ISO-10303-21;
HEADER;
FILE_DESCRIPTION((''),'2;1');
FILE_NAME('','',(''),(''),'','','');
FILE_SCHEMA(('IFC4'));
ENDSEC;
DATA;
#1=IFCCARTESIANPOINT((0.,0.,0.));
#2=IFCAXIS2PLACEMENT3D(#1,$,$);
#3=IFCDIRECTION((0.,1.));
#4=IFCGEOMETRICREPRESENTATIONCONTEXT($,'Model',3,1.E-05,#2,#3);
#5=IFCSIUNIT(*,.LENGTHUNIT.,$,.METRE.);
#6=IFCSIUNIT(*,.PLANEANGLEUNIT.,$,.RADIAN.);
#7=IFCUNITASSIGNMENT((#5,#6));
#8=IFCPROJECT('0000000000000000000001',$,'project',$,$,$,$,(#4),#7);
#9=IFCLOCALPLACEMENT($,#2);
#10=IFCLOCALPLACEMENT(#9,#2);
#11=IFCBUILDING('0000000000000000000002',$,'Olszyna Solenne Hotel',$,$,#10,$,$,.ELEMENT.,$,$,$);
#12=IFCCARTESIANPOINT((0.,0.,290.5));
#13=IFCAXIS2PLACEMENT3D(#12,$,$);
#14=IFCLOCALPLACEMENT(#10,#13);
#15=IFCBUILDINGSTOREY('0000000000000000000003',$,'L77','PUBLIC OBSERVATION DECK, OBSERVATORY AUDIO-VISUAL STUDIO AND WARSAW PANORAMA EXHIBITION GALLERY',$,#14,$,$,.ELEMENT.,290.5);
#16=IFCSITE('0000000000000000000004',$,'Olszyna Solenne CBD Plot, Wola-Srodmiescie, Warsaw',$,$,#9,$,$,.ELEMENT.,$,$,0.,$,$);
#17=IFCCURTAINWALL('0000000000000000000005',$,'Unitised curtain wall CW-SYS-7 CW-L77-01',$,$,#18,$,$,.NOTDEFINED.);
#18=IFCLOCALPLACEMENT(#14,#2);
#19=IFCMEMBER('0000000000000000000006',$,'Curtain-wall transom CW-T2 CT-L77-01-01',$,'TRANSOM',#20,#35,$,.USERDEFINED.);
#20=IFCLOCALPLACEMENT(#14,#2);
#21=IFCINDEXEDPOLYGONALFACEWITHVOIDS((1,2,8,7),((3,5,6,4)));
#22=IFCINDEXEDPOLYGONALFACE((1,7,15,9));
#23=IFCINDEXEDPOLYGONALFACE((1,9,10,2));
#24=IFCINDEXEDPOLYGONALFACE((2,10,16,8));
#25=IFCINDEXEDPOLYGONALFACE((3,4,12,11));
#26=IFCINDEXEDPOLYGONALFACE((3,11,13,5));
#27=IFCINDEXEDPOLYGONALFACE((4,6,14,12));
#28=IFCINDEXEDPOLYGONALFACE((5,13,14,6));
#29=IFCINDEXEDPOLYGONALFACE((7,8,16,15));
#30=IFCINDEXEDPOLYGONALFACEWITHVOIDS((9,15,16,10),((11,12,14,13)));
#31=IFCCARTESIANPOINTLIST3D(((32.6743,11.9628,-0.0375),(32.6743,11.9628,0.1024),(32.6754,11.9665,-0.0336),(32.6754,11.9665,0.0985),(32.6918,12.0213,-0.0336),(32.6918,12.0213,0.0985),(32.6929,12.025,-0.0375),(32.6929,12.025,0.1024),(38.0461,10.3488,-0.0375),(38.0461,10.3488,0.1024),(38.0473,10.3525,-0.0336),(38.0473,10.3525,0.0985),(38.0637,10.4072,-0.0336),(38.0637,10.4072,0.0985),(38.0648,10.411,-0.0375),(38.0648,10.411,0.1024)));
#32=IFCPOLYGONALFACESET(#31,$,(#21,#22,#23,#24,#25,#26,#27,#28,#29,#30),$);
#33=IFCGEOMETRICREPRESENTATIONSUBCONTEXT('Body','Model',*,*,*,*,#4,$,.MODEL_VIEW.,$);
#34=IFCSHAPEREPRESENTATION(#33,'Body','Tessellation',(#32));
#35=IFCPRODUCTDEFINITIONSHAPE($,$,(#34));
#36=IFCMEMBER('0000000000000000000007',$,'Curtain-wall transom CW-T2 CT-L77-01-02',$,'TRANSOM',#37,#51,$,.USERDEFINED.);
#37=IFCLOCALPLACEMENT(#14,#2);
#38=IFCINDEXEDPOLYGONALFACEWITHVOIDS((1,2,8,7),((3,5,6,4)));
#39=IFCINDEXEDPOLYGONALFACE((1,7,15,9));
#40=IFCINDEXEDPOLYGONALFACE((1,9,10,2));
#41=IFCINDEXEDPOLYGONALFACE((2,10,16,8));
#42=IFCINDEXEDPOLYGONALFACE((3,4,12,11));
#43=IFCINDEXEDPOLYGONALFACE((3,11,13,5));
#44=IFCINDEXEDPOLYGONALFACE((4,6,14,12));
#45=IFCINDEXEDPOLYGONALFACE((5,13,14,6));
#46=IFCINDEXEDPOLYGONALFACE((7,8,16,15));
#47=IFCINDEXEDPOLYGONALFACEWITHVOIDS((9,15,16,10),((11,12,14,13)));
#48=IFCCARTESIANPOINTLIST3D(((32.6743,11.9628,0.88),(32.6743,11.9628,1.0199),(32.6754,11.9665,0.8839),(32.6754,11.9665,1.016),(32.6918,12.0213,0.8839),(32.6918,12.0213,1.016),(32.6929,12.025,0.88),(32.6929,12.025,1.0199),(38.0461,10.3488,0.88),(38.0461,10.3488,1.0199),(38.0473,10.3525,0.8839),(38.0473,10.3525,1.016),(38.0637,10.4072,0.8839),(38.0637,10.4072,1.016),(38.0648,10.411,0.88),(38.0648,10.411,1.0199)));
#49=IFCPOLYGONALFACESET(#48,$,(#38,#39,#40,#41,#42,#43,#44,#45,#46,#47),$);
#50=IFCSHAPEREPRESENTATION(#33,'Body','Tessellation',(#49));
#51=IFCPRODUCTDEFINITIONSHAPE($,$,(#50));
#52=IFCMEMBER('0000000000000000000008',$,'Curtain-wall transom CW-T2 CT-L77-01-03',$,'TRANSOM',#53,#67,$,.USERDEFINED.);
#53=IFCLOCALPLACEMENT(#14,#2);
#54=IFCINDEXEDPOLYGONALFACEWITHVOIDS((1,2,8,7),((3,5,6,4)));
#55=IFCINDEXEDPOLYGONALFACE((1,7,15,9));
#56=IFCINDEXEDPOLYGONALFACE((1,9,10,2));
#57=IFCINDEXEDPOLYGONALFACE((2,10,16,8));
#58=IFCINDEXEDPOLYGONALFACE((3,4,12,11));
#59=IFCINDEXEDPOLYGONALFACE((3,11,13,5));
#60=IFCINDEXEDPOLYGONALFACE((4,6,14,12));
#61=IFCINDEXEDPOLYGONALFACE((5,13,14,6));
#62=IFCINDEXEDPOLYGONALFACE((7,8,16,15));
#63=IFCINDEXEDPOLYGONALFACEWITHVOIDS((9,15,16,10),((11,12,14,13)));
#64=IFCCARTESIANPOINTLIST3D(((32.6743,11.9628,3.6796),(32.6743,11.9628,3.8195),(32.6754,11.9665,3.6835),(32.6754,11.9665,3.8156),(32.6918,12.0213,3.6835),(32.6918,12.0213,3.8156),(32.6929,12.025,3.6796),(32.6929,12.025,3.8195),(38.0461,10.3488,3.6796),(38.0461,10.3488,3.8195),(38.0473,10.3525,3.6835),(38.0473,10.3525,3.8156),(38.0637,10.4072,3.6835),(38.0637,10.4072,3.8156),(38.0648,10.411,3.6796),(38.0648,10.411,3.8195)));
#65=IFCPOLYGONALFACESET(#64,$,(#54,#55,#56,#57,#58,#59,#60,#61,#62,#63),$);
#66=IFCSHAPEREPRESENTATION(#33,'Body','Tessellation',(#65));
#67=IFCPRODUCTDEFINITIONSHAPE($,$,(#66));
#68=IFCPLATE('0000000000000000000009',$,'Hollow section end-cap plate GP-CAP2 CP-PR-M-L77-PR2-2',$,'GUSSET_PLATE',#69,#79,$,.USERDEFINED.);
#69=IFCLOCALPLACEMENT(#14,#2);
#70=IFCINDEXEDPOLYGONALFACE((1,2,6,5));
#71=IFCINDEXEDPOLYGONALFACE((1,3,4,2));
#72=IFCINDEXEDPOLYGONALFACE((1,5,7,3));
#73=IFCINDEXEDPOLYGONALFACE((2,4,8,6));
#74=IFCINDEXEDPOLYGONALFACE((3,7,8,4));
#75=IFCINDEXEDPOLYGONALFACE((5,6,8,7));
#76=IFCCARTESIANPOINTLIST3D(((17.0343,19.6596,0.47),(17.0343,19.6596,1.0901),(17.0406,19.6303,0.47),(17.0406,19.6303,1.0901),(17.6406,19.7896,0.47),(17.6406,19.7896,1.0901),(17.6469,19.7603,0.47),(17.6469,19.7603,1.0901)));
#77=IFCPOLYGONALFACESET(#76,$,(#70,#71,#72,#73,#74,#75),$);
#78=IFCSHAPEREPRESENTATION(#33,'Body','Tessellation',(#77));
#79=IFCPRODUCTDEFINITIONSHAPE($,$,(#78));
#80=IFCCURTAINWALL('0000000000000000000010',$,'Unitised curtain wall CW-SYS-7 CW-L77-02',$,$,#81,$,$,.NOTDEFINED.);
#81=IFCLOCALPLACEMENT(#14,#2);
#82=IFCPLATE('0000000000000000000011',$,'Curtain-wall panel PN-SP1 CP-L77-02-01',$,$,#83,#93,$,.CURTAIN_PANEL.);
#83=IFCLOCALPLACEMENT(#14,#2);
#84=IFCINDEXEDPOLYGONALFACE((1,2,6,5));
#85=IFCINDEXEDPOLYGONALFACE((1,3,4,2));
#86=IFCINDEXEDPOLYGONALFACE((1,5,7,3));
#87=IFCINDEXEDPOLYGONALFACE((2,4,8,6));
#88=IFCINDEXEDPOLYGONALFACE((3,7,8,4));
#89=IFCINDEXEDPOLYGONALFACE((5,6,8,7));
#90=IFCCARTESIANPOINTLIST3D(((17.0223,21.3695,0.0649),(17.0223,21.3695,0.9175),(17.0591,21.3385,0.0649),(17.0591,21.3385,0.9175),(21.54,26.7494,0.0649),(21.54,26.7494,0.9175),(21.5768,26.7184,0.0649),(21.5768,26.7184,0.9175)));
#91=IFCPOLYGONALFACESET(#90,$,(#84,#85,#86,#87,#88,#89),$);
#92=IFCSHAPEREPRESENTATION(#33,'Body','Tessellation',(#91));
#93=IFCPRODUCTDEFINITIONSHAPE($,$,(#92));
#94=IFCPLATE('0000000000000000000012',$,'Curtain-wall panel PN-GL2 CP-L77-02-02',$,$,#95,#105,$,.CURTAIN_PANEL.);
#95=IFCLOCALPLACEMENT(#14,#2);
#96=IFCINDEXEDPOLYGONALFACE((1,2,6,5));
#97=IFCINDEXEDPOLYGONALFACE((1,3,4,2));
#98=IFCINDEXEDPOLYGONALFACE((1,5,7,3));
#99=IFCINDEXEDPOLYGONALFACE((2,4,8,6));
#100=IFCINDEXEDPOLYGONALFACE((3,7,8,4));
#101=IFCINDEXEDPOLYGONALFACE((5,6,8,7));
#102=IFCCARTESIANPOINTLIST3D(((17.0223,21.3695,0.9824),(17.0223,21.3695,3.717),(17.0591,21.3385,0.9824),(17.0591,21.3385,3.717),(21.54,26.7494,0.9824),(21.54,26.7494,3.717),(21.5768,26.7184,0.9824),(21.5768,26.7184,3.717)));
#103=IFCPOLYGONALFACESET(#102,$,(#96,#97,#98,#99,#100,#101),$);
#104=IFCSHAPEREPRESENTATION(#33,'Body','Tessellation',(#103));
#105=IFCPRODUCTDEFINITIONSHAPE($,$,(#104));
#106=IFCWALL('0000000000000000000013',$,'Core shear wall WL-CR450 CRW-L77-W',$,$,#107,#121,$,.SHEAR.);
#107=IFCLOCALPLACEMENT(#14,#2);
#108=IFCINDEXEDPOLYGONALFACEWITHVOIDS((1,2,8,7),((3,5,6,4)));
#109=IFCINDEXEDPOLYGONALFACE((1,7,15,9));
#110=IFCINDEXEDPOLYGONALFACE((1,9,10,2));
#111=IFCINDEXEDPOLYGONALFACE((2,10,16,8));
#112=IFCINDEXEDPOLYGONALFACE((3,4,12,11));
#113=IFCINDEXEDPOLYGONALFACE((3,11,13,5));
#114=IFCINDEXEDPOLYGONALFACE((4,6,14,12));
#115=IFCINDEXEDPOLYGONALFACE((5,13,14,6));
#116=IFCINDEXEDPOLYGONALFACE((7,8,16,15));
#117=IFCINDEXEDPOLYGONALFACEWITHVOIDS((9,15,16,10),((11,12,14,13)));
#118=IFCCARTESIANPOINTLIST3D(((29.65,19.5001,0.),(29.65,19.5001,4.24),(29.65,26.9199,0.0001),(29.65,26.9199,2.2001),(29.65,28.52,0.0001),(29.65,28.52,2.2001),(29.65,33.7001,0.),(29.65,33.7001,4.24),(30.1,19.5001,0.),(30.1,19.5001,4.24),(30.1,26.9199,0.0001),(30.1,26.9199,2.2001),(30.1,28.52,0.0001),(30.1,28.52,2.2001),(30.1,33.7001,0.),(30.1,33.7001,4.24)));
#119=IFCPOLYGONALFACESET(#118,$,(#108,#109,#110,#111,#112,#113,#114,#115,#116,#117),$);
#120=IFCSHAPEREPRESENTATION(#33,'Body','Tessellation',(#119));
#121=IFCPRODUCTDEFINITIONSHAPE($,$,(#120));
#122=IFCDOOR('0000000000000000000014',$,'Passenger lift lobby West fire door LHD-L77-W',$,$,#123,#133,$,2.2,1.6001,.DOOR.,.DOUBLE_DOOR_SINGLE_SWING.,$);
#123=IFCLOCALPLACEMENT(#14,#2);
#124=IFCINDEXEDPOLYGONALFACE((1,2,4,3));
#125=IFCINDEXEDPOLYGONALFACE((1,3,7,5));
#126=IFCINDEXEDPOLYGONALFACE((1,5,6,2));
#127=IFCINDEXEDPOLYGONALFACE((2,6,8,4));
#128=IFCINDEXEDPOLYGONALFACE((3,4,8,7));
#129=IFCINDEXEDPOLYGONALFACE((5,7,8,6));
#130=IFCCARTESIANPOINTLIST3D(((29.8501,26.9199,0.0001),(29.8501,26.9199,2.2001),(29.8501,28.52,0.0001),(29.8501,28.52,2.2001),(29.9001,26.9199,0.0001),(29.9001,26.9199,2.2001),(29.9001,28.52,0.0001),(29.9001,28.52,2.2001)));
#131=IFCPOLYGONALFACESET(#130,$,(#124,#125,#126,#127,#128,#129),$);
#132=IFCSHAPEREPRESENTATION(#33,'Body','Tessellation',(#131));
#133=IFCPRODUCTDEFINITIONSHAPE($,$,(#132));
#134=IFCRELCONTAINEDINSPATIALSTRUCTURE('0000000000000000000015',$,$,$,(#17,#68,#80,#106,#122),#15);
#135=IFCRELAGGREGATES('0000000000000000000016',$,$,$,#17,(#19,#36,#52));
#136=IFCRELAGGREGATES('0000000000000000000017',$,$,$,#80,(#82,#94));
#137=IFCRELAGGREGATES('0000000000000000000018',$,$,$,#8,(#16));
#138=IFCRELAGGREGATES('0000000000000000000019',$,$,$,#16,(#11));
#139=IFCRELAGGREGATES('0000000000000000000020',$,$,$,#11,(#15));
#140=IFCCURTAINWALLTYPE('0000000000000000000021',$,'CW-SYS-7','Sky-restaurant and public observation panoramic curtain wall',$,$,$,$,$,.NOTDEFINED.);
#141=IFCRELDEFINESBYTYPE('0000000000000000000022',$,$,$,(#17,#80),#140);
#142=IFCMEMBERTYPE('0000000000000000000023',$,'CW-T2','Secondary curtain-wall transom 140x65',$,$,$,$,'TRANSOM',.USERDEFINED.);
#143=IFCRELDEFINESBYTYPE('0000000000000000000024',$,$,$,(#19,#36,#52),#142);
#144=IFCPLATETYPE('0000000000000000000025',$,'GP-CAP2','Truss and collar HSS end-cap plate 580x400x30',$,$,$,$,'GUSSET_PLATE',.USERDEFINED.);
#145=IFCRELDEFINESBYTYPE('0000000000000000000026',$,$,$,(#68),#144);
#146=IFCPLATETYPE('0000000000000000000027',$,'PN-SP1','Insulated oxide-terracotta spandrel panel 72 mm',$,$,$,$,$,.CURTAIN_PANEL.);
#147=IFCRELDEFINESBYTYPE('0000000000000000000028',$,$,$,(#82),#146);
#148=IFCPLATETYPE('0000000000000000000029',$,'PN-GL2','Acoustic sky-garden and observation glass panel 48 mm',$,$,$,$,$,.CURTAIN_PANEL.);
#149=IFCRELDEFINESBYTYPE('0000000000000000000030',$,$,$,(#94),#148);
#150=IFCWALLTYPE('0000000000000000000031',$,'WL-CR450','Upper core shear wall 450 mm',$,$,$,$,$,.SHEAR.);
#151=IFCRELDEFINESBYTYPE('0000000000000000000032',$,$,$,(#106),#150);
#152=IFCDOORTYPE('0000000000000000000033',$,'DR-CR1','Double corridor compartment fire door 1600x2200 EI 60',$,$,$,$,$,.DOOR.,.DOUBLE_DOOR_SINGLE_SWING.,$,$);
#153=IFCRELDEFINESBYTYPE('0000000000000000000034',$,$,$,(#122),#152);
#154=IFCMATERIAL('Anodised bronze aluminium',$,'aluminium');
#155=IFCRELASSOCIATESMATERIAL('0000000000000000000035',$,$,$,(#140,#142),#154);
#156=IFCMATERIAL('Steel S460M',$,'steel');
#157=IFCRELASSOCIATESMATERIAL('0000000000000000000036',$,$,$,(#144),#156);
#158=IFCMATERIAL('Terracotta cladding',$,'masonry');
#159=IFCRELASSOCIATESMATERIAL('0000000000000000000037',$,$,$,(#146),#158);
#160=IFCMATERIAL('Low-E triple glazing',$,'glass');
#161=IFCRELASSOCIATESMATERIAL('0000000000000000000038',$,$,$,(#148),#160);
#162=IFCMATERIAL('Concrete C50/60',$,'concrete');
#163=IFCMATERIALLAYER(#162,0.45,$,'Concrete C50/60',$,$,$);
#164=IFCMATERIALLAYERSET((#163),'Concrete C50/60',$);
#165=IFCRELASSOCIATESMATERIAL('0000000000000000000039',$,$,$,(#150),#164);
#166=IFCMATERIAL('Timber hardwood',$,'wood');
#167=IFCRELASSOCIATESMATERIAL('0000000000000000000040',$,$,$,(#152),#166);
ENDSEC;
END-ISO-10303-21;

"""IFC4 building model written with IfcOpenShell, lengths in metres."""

from ifc_helpers import new_model, si_unit, direction, frame, frame_2d, origin, origin_2d, place, context, subcontext, project, spatial, rectangle, hollow_rectangle, extrude, source, transform, mapped, material, layer, layer_set, material_profile, profile_set, type_object, type_shapes, element, fill, aggregate, save


model = new_model("IFC4")

# Units and contexts
model_context = context("Model", 3, precision=1e-05, world=origin(), true_north=direction((0.0, 1.0)))
body_context = subcontext(model_context, "Body", "Model", "MODEL_VIEW")
ifc_project = project(units=[si_unit("LENGTHUNIT", "METRE"), si_unit("PLANEANGLEUNIT", "RADIAN")], contexts=[model_context])

# Site, building, storey
site_placement = place(None, origin())
site = spatial("IfcSite", under=ifc_project, at=site_placement, Name="Olszyna Solenne CBD Plot, Wola-Srodmiescie, Warsaw", CompositionType="ELEMENT", RefElevation=0.0)
building_placement = place(site_placement, origin())
building = spatial("IfcBuilding", under=site, at=building_placement, Name="Olszyna Solenne Hotel", CompositionType="ELEMENT")
storey_placement = place(building_placement, frame((0.0, 0.0, 290.5)))
storey = spatial("IfcBuildingStorey", under=building, at=storey_placement, Name="L77", Description="PUBLIC OBSERVATION DECK, OBSERVATORY AUDIO-VISUAL STUDIO AND WARSAW PANORAMA EXHIBITION GALLERY", CompositionType="ELEMENT", Elevation=290.5)

# Curtain wall, members
ifc_material_1 = material(Name="Anodised bronze aluminium", Category="aluminium")
curtain_wall_type = type_object("IfcCurtainWallType", Name="CW-SYS-7", Description="Sky-restaurant and public observation panoramic curtain wall", PredefinedType="NOTDEFINED", material=ifc_material_1)
curtain_wall_1_placement = place(storey_placement, origin())
curtain_wall_1 = element("IfcCurtainWall", 1, at=curtain_wall_1_placement, inside=storey, type_object=curtain_wall_type, Name="Unitised curtain wall CW-SYS-7 CW-L77-01", PredefinedType="NOTDEFINED")
ifc_material_profile_1 = material_profile(ifc_material_1, hollow_rectangle(XDim=0.0649, YDim=0.1399, WallThickness=0.0039, at=origin_2d()), Name="TRAN 140x65x4", Category="load-bearing")
ifc_profile_set_1 = profile_set([ifc_material_profile_1], Name="Anodised bronze aluminium")
member_type_1 = type_object("IfcMemberType", Name="CW-T2", Description="Secondary curtain-wall transom 140x65", ElementType="TRANSOM", PredefinedType="USERDEFINED", material=ifc_profile_set_1)
shared_shape_1 = source(origin(), body_context, "Body", "SweptSolid", [
    extrude(hollow_rectangle(XDim=0.0649, YDim=0.1399, WallThickness=0.0039, at=origin_2d()), origin(), (0.0, 0.0, 1.0), 5.6091),
])
member_1_placement = place(storey_placement, frame((32.6836, 11.9939, 0.0325), z_axis=(0.957705, -0.287751, 0.0), x_axis=(0.287751, 0.957705, 0.0)))
member_1 = element("IfcMember", 2, at=member_1_placement, type_object=member_type_1, Name="Curtain-wall transom CW-T2 CT-L77-01-01", ObjectType="TRANSOM", PredefinedType="USERDEFINED", context=body_context, shape_type="MappedRepresentation", body=[
    mapped(shared_shape_1, transform((0.0, 0.0, 0.0), x_axis=(1.0, 0.0, 0.0), y_axis=(0.0, 1.0, 0.0), z_axis=(0.0, 0.0, 1.0), scale=1.0)),
])
member_2_placement = place(storey_placement, frame((32.6836, 11.9939, 0.95), z_axis=(0.957705, -0.287751, 0.0), x_axis=(0.287751, 0.957705, 0.0)))
member_2 = element("IfcMember", 3, at=member_2_placement, type_object=member_type_1, Name="Curtain-wall transom CW-T2 CT-L77-01-02", ObjectType="TRANSOM", PredefinedType="USERDEFINED", context=body_context, shape_type="MappedRepresentation", body=[
    mapped(shared_shape_1, transform((0.0, 0.0, 0.0), x_axis=(1.0, 0.0, 0.0), y_axis=(0.0, 1.0, 0.0), z_axis=(0.0, 0.0, 1.0), scale=1.0)),
])
member_3_placement = place(storey_placement, frame((32.6836, 11.9939, 3.7495), z_axis=(0.957705, -0.287751, 0.0), x_axis=(0.287751, 0.957705, 0.0)))
member_3 = element("IfcMember", 4, at=member_3_placement, type_object=member_type_1, Name="Curtain-wall transom CW-T2 CT-L77-01-03", ObjectType="TRANSOM", PredefinedType="USERDEFINED", context=body_context, shape_type="MappedRepresentation", body=[
    mapped(shared_shape_1, transform((0.0, 0.0, 0.0), x_axis=(1.0, 0.0, 0.0), y_axis=(0.0, 1.0, 0.0), z_axis=(0.0, 0.0, 1.0), scale=1.0)),
])
aggregate(curtain_wall_1, [member_1, member_2, member_3])

# Plate
ifc_material_2 = material(Name="Steel S460M", Category="steel")
plate_type_1 = type_object("IfcPlateType", Name="GP-CAP2", Description="Truss and collar HSS end-cap plate 580x400x30", ElementType="GUSSET_PLATE", PredefinedType="USERDEFINED", material=ifc_material_2)
shared_shape_2 = source(origin(), body_context, "Body", "SweptSolid", [
    extrude(rectangle(XDim=0.03, YDim=0.6201, at=origin_2d()), origin(), (0.0, 0.0, 1.0), 0.6201),
])
plate_1_placement = place(storey_placement, frame((17.3406, 19.71, 0.47), z_axis=(0.0, 0.0, 1.0), x_axis=(0.209619, -0.977783, 0.0)))
element("IfcPlate", 5, at=plate_1_placement, inside=storey, type_object=plate_type_1, Name="Hollow section end-cap plate GP-CAP2 CP-PR-M-L77-PR2-2", ObjectType="GUSSET_PLATE", PredefinedType="USERDEFINED", context=body_context, shape_type="MappedRepresentation", body=[
    mapped(shared_shape_2, transform((0.0, 0.0, 0.0), x_axis=(1.0, 0.0, 0.0), y_axis=(0.0, 1.0, 0.0), z_axis=(0.0, 0.0, 1.0), scale=1.0)),
])

# Curtain wall, plates
curtain_wall_2_placement = place(storey_placement, origin())
curtain_wall_2 = element("IfcCurtainWall", 6, at=curtain_wall_2_placement, inside=storey, type_object=curtain_wall_type, Name="Unitised curtain wall CW-SYS-7 CW-L77-02", PredefinedType="NOTDEFINED")
ifc_material_3 = material(Name="Terracotta cladding", Category="masonry")
plate_type_2 = type_object("IfcPlateType", Name="PN-SP1", Description="Insulated oxide-terracotta spandrel panel 72 mm", PredefinedType="CURTAIN_PANEL", material=ifc_material_3)
shared_shape_3 = source(origin(), body_context, "Body", "SweptSolid", [
    extrude(rectangle(XDim=7.0251, YDim=0.0481, at=origin_2d()), origin(), (0.0, 0.0, 1.0), 0.8525),
])
plate_2_placement = place(storey_placement, frame((19.2996, 24.0439, 0.0649), z_axis=(0.0, 0.0, 1.0), x_axis=(0.643069, 0.765808, 0.0)))
plate_2 = element("IfcPlate", 7, at=plate_2_placement, type_object=plate_type_2, Name="Curtain-wall panel PN-SP1 CP-L77-02-01", PredefinedType="CURTAIN_PANEL", context=body_context, shape_type="MappedRepresentation", body=[
    mapped(shared_shape_3, transform((0.0, 0.0, 0.0), x_axis=(1.0, 0.0, 0.0), y_axis=(0.0, 1.0, 0.0), z_axis=(0.0, 0.0, 1.0), scale=1.0)),
])
ifc_material_4 = material(Name="Low-E triple glazing", Category="glass")
plate_type_3 = type_object("IfcPlateType", Name="PN-GL2", Description="Acoustic sky-garden and observation glass panel 48 mm", PredefinedType="CURTAIN_PANEL", material=ifc_material_4)
shared_shape_4 = source(origin(), body_context, "Body", "SweptSolid", [
    extrude(rectangle(XDim=7.0251, YDim=0.0481, at=origin_2d()), origin(), (0.0, 0.0, 1.0), 2.7346),
])
plate_3_placement = place(storey_placement, frame((19.2996, 24.0439, 0.9824), z_axis=(0.0, 0.0, 1.0), x_axis=(0.643069, 0.765808, 0.0)))
plate_3 = element("IfcPlate", 8, at=plate_3_placement, type_object=plate_type_3, Name="Curtain-wall panel PN-GL2 CP-L77-02-02", PredefinedType="CURTAIN_PANEL", context=body_context, shape_type="MappedRepresentation", body=[
    mapped(shared_shape_4, transform((0.0, 0.0, 0.0), x_axis=(1.0, 0.0, 0.0), y_axis=(0.0, 1.0, 0.0), z_axis=(0.0, 0.0, 1.0), scale=1.0)),
])
aggregate(curtain_wall_2, [plate_2, plate_3])

# Wall, opening, door
ifc_material_5 = material(Name="Concrete C50/60", Category="concrete")
ifc_layer_1 = layer(ifc_material_5, 0.45, Name="Concrete C50/60")
ifc_layer_set_1 = layer_set([ifc_layer_1], Name="Concrete C50/60")
wall_type_1 = type_object("IfcWallType", Name="WL-CR450", Description="Upper core shear wall 450 mm", PredefinedType="SHEAR", material=ifc_layer_set_1)
wall_1_placement = place(storey_placement, frame((29.875, 19.5, 0.0), z_axis=(0.0, 0.0, 1.0), x_axis=(0.0, 1.0, 0.0)))
wall_1 = element("IfcWall", 9, at=wall_1_placement, inside=storey, type_object=wall_type_1, Name="Core shear wall WL-CR450 CRW-L77-W", PredefinedType="SHEAR", context=body_context, shape_type="SweptSolid", body=[
    extrude(rectangle(XDim=14.2, YDim=0.45, at=frame_2d((7.1001, 0.0))), origin(), (0.0, 0.0, 1.0), 4.24),
])
opening_1_placement = place(wall_1_placement, frame((7.4199, 0.0, 0.0)))
opening_1 = element("IfcOpeningElement", 10, at=opening_1_placement, cuts=wall_1, PredefinedType="OPENING", context=body_context, shape_type="SweptSolid", body=[
    extrude(rectangle(XDim=1.6001, YDim=2.2, at=frame_2d((0.8, 1.1001))), frame((0.0, 0.2349, 0.0), z_axis=(0.0, -1.0, 0.0), x_axis=(1.0, 0.0, 0.0)), (0.0, 0.0, 1.0), 0.47),
])
ifc_material_6 = material(Name="Timber hardwood", Category="wood")
door_type_1 = type_object("IfcDoorType", Name="DR-CR1", Description="Double corridor compartment fire door 1600x2200 EI 60", OperationType="DOUBLE_DOOR_SINGLE_SWING", PredefinedType="DOOR", material=ifc_material_6)
shared_shape_5 = source(origin(), body_context, "Body", "SweptSolid", [
    extrude(rectangle(XDim=1.6001, YDim=2.2, at=frame_2d((0.8, 1.1001))), frame((0.0, 0.0249, 0.0), z_axis=(0.0, -1.0, 0.0), x_axis=(1.0, 0.0, 0.0)), (0.0, 0.0, 1.0), 0.05),
])
type_shapes(door_type_1, [shared_shape_5])
door_1_placement = place(opening_1_placement, origin())
door_1 = element("IfcDoor", 11, at=door_1_placement, inside=storey, type_object=door_type_1, Name="Passenger lift lobby West fire door LHD-L77-W", OperationType="DOUBLE_DOOR_SINGLE_SWING", OverallHeight=2.2, OverallWidth=1.6001, PredefinedType="DOOR", context=body_context, shape_type="MappedRepresentation", body=[
    mapped(shared_shape_5, transform((0.0, 0.0, 0.0), x_axis=(1.0, 0.0, 0.0), y_axis=(0.0, 1.0, 0.0), z_axis=(0.0, 0.0, 1.0), scale=1.0)),
])
fill(opening_1, door_1)

save(model, "model.ifc")
